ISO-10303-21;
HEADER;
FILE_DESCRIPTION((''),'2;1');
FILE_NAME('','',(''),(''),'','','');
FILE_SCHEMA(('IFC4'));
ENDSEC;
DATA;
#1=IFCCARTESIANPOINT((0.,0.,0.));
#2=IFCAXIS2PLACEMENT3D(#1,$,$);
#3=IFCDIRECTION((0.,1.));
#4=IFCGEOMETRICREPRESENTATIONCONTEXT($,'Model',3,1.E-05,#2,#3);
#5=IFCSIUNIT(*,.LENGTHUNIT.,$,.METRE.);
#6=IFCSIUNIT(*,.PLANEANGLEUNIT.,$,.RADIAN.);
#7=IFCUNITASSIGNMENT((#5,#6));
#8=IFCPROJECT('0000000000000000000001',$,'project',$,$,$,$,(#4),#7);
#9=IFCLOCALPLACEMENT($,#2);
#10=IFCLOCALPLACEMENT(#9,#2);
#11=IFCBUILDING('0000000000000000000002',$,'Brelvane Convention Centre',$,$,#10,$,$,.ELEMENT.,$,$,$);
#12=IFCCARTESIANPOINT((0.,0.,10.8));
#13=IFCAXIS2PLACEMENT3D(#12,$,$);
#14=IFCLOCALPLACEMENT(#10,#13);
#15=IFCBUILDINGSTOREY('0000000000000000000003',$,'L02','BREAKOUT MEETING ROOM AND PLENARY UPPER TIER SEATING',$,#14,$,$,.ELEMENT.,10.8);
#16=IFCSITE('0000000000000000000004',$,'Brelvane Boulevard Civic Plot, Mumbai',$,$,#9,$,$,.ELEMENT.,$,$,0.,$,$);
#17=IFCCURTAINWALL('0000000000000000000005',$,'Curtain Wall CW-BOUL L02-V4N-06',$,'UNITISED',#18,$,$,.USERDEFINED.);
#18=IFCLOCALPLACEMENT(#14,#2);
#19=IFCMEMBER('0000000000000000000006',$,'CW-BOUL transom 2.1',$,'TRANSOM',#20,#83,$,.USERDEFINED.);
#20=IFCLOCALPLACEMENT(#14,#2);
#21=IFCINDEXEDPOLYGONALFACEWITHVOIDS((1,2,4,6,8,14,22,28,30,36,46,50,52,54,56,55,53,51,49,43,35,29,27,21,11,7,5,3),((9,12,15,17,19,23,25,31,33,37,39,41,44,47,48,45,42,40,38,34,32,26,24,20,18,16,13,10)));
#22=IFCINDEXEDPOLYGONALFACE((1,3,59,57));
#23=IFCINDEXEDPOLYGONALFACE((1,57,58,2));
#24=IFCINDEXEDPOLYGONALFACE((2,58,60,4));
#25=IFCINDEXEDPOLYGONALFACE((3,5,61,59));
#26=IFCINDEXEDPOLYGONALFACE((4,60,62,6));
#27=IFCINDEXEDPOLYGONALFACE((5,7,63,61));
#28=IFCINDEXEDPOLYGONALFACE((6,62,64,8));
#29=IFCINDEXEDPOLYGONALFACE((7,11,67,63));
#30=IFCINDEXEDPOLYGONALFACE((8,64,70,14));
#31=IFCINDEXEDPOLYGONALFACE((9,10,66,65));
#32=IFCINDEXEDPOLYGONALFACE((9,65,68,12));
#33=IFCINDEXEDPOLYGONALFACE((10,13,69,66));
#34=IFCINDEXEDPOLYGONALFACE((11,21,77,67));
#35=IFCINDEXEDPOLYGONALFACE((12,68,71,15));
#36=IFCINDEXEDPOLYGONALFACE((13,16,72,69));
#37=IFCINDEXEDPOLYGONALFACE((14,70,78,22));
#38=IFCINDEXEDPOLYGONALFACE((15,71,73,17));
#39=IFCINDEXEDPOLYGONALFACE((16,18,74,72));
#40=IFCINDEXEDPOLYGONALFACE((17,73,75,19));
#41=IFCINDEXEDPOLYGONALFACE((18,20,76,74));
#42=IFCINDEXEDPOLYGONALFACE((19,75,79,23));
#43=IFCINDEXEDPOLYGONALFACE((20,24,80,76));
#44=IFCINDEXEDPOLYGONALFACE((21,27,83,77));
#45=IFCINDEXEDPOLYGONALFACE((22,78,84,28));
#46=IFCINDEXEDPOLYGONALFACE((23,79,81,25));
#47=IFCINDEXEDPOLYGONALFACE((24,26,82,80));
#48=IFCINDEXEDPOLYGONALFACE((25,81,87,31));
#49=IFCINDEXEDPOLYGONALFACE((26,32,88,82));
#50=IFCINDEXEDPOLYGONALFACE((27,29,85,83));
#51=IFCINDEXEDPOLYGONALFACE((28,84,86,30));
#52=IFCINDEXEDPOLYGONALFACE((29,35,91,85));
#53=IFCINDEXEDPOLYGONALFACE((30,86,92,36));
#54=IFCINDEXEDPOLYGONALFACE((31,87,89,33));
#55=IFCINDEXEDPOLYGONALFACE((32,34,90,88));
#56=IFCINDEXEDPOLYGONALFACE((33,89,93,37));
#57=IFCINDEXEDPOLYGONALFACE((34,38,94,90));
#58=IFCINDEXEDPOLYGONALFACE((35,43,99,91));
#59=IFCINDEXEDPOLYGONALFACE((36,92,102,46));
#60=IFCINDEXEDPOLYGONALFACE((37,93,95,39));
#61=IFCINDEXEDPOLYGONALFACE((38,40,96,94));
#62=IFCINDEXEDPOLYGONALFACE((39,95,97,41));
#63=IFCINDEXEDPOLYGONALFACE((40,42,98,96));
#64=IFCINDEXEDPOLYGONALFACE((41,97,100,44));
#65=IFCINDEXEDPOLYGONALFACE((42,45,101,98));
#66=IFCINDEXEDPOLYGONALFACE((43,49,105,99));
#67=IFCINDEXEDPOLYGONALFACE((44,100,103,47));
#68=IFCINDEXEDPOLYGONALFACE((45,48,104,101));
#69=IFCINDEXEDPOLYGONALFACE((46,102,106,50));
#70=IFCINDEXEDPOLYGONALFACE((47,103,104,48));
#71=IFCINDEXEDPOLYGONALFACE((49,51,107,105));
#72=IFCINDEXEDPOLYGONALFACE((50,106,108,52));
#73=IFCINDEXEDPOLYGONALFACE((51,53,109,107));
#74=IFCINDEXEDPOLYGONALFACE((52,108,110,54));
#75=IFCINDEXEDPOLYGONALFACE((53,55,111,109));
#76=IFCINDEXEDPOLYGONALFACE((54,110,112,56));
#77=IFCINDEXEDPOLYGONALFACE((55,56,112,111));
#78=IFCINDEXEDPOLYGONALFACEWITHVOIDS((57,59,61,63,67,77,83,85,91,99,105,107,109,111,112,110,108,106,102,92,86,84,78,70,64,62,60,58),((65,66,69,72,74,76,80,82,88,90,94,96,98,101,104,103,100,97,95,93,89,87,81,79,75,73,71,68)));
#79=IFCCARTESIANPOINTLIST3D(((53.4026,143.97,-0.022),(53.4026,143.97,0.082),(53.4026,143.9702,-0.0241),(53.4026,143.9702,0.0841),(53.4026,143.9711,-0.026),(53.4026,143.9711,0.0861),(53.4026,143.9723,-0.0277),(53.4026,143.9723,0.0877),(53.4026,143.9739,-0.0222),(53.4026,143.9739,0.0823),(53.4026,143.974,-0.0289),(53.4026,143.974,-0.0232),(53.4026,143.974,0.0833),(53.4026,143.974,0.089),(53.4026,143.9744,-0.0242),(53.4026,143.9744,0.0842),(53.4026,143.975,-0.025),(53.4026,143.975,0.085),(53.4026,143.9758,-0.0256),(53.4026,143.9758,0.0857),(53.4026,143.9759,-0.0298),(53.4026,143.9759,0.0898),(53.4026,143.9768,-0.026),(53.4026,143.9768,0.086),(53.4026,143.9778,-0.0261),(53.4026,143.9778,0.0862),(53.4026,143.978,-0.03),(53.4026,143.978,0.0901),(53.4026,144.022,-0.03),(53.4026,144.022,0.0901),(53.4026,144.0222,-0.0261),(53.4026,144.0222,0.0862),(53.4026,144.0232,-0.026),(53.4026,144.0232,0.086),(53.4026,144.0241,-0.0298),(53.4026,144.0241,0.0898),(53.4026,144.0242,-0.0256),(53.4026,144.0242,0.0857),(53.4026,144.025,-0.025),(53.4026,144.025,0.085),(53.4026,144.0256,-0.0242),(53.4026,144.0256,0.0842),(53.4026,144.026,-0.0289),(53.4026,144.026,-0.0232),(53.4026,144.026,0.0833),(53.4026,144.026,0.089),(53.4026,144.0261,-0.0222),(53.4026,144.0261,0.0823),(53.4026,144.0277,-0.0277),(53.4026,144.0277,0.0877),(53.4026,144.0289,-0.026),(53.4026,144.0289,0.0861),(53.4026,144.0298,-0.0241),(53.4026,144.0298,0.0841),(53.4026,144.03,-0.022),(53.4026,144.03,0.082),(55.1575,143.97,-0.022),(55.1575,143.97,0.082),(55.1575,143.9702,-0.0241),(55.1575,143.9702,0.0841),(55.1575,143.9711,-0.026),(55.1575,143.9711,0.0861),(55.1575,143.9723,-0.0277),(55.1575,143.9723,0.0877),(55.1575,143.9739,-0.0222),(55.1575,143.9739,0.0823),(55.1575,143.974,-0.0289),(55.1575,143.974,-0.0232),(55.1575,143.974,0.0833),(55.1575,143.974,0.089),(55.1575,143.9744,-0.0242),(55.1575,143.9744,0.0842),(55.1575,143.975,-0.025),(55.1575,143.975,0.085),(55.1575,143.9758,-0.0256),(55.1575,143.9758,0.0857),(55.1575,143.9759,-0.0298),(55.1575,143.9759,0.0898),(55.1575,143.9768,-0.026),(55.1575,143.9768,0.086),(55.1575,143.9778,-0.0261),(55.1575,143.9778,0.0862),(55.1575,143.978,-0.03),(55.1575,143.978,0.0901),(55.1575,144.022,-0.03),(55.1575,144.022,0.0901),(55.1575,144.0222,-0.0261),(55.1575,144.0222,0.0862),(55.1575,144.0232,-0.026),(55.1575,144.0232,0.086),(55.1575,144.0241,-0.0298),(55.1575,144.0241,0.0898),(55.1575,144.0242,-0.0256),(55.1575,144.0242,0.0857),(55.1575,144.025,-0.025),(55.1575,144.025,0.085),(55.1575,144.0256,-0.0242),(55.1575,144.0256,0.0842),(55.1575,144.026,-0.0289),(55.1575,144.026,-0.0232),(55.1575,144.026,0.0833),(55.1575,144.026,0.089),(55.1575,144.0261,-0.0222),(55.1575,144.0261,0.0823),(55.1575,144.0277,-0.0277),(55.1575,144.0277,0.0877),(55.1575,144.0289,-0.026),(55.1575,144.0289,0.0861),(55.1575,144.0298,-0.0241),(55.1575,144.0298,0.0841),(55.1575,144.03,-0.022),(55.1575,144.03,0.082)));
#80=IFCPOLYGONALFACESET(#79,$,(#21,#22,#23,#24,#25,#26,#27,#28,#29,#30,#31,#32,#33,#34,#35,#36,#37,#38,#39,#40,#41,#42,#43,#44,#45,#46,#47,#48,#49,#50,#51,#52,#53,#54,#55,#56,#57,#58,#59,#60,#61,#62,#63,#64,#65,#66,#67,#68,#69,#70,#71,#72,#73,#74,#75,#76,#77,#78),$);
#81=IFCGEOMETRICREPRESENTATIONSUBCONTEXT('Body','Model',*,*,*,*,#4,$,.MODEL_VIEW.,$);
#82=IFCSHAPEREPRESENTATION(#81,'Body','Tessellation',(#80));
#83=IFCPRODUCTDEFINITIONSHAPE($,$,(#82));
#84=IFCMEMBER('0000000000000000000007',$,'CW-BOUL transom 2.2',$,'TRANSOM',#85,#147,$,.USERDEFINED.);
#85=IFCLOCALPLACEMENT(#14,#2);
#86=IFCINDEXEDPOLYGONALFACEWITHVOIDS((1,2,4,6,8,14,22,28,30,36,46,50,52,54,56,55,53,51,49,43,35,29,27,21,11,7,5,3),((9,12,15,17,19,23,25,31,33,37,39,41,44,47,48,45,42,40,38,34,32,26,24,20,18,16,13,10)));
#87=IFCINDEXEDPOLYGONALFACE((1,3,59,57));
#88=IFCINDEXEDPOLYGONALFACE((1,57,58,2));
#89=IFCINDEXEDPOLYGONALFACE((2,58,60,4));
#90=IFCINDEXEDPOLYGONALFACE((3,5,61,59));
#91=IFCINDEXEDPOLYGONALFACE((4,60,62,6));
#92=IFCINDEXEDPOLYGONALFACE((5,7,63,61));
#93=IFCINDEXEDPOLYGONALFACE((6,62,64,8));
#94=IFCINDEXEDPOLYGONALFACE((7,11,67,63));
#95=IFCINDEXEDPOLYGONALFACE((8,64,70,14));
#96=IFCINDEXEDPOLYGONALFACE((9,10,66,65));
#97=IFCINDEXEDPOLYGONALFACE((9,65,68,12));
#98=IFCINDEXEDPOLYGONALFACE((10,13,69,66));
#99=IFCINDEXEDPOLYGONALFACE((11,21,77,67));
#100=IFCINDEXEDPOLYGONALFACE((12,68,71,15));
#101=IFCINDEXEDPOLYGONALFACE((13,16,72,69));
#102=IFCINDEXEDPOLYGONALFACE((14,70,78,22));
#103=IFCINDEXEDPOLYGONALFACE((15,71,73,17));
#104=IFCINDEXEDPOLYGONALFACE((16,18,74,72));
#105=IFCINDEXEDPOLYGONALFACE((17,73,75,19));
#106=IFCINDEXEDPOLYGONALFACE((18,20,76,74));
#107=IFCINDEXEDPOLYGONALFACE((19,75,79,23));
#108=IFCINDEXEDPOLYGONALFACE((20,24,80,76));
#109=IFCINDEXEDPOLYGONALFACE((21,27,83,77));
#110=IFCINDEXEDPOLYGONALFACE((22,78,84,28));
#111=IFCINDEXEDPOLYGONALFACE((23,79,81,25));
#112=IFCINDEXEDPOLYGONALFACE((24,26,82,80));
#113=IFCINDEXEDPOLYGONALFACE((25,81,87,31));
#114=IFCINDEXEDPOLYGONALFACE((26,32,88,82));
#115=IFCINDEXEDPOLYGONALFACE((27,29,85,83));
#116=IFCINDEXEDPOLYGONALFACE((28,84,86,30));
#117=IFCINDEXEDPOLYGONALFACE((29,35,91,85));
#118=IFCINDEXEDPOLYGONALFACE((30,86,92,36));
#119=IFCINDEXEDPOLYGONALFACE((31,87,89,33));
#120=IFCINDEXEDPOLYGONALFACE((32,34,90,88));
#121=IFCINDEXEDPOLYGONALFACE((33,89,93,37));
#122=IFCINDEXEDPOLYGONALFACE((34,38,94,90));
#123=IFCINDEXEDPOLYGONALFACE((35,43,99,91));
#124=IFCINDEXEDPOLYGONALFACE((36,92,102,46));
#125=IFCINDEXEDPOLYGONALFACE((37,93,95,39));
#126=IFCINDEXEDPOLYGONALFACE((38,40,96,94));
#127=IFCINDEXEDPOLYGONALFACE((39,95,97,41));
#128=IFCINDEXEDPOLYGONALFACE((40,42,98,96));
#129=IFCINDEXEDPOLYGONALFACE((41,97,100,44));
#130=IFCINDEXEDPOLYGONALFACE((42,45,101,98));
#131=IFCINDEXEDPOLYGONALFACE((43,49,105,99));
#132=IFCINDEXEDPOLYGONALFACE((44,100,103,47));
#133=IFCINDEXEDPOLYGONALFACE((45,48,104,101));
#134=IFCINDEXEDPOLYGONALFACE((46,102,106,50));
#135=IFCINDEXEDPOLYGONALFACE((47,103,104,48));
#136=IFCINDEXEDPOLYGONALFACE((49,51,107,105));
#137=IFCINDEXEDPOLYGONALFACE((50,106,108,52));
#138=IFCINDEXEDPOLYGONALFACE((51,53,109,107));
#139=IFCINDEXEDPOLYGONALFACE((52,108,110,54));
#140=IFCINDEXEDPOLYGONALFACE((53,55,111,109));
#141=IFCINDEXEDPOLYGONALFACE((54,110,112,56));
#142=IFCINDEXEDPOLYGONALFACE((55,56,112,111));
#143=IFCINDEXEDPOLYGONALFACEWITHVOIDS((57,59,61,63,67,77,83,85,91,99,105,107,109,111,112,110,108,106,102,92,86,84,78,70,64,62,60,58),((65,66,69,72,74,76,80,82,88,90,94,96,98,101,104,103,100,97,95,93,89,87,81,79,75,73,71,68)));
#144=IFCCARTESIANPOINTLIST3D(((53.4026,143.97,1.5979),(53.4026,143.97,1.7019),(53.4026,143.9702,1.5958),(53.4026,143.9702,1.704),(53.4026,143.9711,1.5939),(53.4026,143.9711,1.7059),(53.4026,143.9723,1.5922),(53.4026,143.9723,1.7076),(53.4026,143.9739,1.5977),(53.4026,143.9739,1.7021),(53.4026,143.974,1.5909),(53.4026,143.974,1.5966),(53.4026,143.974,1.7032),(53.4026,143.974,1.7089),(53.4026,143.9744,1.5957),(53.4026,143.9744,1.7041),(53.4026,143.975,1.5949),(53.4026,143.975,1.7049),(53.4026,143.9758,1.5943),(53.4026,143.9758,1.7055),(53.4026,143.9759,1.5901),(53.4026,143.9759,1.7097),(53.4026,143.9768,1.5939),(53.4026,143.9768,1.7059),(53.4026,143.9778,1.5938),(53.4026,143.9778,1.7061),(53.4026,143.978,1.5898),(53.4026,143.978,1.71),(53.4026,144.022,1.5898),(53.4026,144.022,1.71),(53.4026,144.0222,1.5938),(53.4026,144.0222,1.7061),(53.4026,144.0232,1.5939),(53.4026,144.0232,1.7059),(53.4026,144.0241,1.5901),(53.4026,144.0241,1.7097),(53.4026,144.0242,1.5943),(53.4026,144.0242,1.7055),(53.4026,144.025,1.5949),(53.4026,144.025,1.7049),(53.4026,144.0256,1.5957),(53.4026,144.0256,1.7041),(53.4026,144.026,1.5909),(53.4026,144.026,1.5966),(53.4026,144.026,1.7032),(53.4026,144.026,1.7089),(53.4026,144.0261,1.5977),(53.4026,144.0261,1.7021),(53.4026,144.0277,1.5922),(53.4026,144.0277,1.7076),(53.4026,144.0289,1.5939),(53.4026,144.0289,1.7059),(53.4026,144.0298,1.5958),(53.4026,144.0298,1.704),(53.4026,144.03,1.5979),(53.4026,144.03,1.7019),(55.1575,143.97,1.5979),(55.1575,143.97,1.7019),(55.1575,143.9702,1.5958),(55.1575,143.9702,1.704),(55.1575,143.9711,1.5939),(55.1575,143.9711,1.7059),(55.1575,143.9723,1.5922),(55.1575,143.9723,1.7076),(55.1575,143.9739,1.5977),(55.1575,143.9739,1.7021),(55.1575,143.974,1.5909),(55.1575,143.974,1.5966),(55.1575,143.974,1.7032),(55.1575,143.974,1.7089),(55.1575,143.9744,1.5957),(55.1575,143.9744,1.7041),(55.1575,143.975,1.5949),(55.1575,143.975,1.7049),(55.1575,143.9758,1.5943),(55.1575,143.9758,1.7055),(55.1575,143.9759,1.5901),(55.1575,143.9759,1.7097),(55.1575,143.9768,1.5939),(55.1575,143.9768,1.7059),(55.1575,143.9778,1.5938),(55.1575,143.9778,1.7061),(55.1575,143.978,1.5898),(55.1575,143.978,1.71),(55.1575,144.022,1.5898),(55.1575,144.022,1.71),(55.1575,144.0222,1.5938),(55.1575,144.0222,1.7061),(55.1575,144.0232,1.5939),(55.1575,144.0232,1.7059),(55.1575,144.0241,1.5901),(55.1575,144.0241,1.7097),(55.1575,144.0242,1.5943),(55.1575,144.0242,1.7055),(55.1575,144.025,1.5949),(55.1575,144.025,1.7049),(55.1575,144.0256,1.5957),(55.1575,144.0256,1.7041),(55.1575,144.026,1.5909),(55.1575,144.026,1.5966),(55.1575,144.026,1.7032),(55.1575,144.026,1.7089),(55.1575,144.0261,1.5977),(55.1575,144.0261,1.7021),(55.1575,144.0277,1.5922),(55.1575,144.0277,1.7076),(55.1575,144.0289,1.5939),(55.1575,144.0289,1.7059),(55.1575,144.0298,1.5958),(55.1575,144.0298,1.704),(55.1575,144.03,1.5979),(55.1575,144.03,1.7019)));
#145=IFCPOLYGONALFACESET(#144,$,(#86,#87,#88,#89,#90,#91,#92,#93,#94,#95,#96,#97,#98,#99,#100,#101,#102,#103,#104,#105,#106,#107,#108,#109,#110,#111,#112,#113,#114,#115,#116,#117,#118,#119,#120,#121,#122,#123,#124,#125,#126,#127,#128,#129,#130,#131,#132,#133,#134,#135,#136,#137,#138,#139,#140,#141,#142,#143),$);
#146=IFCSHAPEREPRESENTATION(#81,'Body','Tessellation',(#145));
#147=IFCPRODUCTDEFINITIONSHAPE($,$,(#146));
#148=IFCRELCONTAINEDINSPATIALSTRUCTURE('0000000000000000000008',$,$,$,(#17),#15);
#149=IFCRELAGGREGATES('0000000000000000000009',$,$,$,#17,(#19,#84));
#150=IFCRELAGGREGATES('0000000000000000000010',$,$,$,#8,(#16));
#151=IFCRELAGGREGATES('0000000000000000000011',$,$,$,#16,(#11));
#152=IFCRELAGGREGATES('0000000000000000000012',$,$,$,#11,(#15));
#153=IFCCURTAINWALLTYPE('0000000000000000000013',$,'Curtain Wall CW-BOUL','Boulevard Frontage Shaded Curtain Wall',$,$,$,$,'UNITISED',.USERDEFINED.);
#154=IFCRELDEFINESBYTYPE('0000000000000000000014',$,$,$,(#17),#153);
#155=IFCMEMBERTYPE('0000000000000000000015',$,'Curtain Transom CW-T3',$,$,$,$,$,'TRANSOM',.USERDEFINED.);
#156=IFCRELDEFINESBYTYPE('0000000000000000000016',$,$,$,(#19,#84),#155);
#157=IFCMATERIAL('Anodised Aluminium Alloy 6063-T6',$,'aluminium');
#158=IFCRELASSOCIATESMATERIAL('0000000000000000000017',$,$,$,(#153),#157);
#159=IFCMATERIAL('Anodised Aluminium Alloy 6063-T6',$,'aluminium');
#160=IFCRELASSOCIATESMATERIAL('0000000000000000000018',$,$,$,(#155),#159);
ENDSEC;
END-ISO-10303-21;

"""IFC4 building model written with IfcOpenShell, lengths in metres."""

from ifc_helpers import new_model, si_unit, direction, frame, origin, origin_2d, place, context, subcontext, project, spatial, hollow_rectangle, extrude, material, material_profile, profile_set, type_object, element, aggregate, save


model = new_model("IFC4")

# Units and contexts
model_context = context("Model", 3, precision=1e-05, world=origin(), true_north=direction((0.0, 1.0)))
body_context = subcontext(model_context, "Body", "Model", "MODEL_VIEW")
ifc_project = project(units=[si_unit("LENGTHUNIT", "METRE"), si_unit("PLANEANGLEUNIT", "RADIAN")], contexts=[model_context])

# Site, building, storey
site_placement = place(None, origin())
site = spatial("IfcSite", under=ifc_project, at=site_placement, Name="Brelvane Boulevard Civic Plot, Mumbai", CompositionType="ELEMENT", RefElevation=0.0)
building_placement = place(site_placement, origin())
building = spatial("IfcBuilding", under=site, at=building_placement, Name="Brelvane Convention Centre", CompositionType="ELEMENT")
storey_placement = place(building_placement, frame((0.0, 0.0, 10.8)))
storey = spatial("IfcBuildingStorey", under=building, at=storey_placement, Name="L02", Description="BREAKOUT MEETING ROOM AND PLENARY UPPER TIER SEATING", CompositionType="ELEMENT", Elevation=10.8)

# Curtain wall, members
ifc_material_1 = material(Name="Anodised Aluminium Alloy 6063-T6", Category="aluminium")
curtain_wall_type = type_object("IfcCurtainWallType", Name="Curtain Wall CW-BOUL", Description="Boulevard Frontage Shaded Curtain Wall", ElementType="UNITISED", PredefinedType="USERDEFINED", material=ifc_material_1)
curtain_wall_placement = place(storey_placement, origin())
curtain_wall = element("IfcCurtainWall", 1, at=curtain_wall_placement, inside=storey, type_object=curtain_wall_type, Name="Curtain Wall CW-BOUL L02-V4N-06", ObjectType="UNITISED", PredefinedType="USERDEFINED")
ifc_material_2 = material(Name="Anodised Aluminium Alloy 6063-T6", Category="aluminium")
ifc_material_profile_1 = material_profile(ifc_material_2, hollow_rectangle(XDim=0.0601, YDim=0.1201, WallThickness=0.0039, InnerFilletRadius=0.0039, OuterFilletRadius=0.0081, at=origin_2d()), Name="ALU-T 120x60x4.0")
ifc_profile_set_1 = profile_set([ifc_material_profile_1], Name="Anodised Aluminium Alloy 6063-T6")
member_type_1 = type_object("IfcMemberType", Name="Curtain Transom CW-T3", ElementType="TRANSOM", PredefinedType="USERDEFINED", material=ifc_profile_set_1)
member_1_placement = place(storey_placement, frame((53.4026, 144.0, 0.03), z_axis=(1.0, 0.0, 0.0), x_axis=(0.0, 1.0, 0.0)))
member_1 = element("IfcMember", 2, at=member_1_placement, type_object=member_type_1, Name="CW-BOUL transom 2.1", ObjectType="TRANSOM", PredefinedType="USERDEFINED", context=body_context, shape_type="SweptSolid", body=[
    extrude(hollow_rectangle(XDim=0.0601, YDim=0.1201, WallThickness=0.0039, InnerFilletRadius=0.0039, OuterFilletRadius=0.0081, at=origin_2d()), origin(), (0.0, 0.0, 1.0), 1.7549),
])
member_2_placement = place(storey_placement, frame((53.4026, 144.0, 1.6499), z_axis=(1.0, 0.0, 0.0), x_axis=(0.0, 1.0, 0.0)))
member_2 = element("IfcMember", 3, at=member_2_placement, type_object=member_type_1, Name="CW-BOUL transom 2.2", ObjectType="TRANSOM", PredefinedType="USERDEFINED", context=body_context, shape_type="SweptSolid", body=[
    extrude(hollow_rectangle(XDim=0.0601, YDim=0.1201, WallThickness=0.0039, InnerFilletRadius=0.0039, OuterFilletRadius=0.0081, at=origin_2d()), origin(), (0.0, 0.0, 1.0), 1.7549),
])

aggregate(curtain_wall, [member_1, member_2])

save(model, "model.ifc")
